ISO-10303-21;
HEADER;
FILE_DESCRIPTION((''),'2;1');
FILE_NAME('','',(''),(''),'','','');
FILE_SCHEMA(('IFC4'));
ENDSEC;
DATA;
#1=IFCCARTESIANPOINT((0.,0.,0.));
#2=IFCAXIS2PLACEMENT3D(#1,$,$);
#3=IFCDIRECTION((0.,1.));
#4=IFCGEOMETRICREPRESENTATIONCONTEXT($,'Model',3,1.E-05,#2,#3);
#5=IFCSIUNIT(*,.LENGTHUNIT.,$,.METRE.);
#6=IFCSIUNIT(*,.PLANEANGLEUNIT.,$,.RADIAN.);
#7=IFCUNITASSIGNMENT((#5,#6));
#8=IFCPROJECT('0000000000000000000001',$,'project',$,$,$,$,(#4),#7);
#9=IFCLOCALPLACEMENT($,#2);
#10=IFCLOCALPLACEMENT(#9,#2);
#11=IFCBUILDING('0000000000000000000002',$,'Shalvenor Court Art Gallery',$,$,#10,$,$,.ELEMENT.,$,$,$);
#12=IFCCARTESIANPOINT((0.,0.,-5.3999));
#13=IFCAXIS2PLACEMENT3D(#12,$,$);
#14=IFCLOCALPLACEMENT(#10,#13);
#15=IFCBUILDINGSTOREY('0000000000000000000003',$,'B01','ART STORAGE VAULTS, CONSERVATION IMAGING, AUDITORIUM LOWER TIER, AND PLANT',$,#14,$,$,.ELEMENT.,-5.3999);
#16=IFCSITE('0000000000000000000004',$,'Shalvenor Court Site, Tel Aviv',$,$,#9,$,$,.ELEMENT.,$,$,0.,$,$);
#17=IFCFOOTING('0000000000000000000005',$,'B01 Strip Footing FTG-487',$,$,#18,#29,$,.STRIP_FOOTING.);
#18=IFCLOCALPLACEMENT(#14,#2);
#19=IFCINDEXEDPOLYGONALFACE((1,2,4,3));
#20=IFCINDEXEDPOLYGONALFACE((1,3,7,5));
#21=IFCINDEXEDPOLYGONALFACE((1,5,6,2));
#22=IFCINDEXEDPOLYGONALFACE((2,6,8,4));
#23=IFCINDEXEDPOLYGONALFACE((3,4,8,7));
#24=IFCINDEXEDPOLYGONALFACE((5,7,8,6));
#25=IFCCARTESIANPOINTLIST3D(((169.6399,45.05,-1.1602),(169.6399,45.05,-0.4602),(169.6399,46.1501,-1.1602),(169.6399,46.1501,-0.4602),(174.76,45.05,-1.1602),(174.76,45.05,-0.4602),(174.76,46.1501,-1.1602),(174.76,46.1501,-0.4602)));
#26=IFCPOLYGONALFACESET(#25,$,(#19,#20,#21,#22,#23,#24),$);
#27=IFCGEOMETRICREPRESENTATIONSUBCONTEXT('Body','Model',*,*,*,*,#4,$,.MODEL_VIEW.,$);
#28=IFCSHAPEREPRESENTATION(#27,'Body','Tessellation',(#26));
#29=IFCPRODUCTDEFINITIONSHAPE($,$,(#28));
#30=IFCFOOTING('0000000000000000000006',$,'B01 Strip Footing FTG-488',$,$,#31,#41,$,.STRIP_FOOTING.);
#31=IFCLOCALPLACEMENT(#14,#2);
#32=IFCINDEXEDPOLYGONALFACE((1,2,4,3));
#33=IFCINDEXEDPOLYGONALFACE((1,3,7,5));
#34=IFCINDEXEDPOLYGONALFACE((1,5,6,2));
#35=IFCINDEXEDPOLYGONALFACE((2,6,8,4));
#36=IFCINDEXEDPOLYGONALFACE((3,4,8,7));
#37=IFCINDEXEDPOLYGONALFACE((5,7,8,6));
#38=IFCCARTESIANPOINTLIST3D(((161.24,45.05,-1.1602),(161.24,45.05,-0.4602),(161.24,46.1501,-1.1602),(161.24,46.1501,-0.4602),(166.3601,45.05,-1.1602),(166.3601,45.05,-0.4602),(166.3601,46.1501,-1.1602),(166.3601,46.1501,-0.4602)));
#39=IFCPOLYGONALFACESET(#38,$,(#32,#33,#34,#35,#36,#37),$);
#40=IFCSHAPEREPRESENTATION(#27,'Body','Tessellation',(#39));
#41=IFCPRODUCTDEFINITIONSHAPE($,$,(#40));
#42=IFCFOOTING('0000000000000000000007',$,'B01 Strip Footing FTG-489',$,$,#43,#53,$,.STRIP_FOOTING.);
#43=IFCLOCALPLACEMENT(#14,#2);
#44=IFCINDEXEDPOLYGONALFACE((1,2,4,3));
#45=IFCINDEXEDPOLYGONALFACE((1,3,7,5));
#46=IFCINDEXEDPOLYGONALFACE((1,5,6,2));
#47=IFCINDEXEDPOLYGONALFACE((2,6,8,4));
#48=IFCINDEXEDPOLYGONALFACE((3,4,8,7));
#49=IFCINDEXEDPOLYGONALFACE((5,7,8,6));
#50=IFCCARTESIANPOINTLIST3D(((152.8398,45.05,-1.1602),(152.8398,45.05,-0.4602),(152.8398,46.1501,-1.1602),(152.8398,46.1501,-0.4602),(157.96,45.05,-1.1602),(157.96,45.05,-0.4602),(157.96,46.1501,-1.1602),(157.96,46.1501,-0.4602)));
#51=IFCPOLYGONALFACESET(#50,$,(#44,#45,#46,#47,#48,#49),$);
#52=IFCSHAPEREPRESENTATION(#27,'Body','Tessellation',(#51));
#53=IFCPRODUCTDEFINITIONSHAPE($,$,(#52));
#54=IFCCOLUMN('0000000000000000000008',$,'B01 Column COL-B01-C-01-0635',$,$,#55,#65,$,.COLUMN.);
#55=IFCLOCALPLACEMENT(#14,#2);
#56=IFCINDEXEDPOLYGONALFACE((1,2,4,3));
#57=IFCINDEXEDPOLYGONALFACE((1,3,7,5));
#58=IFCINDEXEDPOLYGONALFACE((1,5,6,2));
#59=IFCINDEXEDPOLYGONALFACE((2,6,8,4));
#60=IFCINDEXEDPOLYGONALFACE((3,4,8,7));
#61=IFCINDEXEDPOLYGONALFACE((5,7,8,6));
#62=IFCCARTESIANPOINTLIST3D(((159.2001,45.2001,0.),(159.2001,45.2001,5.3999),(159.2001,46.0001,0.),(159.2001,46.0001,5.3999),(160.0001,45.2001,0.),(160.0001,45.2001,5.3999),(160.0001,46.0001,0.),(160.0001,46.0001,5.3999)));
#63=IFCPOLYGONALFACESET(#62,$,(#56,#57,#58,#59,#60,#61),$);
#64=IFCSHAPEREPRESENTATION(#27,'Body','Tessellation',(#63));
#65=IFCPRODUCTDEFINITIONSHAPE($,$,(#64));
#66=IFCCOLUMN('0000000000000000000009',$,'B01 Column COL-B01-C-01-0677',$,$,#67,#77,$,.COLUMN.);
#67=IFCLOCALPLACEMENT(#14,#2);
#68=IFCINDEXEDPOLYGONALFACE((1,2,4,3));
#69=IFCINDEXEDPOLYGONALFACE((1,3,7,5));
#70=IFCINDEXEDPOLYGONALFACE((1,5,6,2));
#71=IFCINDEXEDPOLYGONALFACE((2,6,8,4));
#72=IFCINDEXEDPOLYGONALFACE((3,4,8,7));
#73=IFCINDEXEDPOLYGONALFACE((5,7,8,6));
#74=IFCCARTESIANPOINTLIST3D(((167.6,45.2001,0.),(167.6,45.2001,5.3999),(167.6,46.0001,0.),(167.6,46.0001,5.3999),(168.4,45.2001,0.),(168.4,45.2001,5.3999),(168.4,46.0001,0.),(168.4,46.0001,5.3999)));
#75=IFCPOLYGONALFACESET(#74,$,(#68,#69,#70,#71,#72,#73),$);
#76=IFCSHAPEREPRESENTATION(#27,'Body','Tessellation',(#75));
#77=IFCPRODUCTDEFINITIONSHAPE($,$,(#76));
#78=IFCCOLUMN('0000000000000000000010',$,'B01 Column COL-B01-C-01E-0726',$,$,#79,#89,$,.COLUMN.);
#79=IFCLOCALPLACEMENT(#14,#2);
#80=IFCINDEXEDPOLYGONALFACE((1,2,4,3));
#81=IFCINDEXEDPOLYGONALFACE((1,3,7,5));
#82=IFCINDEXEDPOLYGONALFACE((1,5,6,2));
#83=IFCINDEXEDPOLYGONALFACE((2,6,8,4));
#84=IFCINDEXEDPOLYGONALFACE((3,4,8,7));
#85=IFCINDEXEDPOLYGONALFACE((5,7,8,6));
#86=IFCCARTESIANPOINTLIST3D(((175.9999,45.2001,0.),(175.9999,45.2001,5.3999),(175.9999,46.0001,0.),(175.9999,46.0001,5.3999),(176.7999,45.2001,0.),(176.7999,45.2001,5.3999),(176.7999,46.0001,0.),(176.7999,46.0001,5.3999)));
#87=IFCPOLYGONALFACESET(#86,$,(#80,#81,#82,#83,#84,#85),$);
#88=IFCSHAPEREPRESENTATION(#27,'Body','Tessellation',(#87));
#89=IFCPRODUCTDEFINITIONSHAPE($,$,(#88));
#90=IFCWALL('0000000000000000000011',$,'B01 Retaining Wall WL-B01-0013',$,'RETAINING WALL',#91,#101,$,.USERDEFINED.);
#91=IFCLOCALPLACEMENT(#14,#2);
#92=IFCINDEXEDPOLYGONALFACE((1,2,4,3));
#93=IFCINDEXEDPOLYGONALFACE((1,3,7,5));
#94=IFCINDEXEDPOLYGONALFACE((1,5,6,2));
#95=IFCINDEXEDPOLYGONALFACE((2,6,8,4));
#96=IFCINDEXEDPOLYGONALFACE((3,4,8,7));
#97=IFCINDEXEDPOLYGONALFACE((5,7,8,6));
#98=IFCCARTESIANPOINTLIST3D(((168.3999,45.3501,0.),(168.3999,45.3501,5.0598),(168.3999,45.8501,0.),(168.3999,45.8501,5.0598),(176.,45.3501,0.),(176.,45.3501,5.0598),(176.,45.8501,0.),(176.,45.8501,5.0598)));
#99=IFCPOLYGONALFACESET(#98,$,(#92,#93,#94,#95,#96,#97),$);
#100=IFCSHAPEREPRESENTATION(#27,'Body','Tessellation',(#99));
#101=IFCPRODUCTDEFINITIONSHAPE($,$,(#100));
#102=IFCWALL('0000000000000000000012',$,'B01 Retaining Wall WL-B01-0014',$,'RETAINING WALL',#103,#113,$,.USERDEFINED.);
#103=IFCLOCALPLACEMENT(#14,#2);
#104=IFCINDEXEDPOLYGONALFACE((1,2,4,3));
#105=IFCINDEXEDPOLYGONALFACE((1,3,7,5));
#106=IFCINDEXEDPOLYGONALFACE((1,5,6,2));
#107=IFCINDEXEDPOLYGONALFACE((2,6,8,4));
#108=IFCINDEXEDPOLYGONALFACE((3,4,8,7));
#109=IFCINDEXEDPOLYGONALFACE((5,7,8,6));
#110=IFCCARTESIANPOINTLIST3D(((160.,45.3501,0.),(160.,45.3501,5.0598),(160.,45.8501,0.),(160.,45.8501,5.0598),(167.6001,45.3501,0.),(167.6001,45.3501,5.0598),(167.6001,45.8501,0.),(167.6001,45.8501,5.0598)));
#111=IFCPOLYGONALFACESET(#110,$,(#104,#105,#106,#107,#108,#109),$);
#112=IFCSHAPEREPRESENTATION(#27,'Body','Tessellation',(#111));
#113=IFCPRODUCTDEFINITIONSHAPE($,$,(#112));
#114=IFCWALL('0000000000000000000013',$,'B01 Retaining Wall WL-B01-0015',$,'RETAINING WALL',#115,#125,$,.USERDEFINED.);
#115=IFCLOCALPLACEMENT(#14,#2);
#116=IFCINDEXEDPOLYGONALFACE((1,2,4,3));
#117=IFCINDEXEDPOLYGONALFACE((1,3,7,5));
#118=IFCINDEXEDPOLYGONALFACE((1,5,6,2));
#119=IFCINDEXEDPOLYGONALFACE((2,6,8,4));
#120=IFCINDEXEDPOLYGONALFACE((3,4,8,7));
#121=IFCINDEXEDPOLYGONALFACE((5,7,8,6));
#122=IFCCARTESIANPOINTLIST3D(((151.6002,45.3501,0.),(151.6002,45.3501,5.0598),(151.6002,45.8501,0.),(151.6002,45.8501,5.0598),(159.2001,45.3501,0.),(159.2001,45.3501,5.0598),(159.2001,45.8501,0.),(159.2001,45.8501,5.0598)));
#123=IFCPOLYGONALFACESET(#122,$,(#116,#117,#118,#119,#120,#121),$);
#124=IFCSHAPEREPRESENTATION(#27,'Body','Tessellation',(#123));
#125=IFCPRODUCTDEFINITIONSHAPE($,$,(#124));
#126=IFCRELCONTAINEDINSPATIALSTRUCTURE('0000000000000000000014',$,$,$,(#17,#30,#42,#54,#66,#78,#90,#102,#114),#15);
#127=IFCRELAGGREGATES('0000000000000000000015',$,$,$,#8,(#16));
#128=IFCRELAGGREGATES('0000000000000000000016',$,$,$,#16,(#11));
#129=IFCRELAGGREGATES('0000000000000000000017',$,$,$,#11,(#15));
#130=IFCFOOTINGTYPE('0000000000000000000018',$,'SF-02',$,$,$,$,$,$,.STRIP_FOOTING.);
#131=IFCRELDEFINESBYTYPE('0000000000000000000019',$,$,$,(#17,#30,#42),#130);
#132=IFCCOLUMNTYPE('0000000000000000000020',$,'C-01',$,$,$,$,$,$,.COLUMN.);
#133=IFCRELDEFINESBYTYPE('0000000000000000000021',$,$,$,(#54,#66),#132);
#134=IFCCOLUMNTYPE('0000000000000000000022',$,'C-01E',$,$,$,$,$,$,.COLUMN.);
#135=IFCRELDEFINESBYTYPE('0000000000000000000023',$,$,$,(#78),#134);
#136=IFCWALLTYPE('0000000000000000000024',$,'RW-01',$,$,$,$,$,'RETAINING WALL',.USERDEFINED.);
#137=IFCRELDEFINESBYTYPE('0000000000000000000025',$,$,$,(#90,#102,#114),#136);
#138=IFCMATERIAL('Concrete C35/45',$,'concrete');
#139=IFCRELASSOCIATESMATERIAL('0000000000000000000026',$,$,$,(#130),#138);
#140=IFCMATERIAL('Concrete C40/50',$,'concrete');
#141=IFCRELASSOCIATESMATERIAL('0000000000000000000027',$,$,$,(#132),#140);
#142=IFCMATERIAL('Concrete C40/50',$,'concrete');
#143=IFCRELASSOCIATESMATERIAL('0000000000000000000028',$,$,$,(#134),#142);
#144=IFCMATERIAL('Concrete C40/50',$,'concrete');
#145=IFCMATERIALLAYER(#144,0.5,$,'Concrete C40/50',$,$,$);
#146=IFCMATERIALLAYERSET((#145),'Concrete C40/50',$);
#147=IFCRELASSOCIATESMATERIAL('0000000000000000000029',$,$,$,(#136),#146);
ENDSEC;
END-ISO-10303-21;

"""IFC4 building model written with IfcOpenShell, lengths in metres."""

from ifc_helpers import new_model, si_unit, direction, frame, frame_2d, origin, origin_2d, place, context, subcontext, project, spatial, rectangle, extrude, material, layer, layer_set, material_profile, profile_set, type_object, element, save


model = new_model("IFC4")

# Units and contexts
model_context = context("Model", 3, precision=1e-05, world=origin(), true_north=direction((0.0, 1.0)))
body_context = subcontext(model_context, "Body", "Model", "MODEL_VIEW")
ifc_project = project(units=[si_unit("LENGTHUNIT", "METRE"), si_unit("PLANEANGLEUNIT", "RADIAN")], contexts=[model_context])

# Site, building, storey
site_placement = place(None, origin())
site = spatial("IfcSite", under=ifc_project, at=site_placement, Name="Shalvenor Court Site, Tel Aviv", CompositionType="ELEMENT", RefElevation=0.0)
building_placement = place(site_placement, origin())
building = spatial("IfcBuilding", under=site, at=building_placement, Name="Shalvenor Court Art Gallery", CompositionType="ELEMENT")
storey_placement = place(building_placement, frame((0.0, 0.0, -5.3999)))
storey = spatial("IfcBuildingStorey", under=building, at=storey_placement, Name="B01", Description="ART STORAGE VAULTS, CONSERVATION IMAGING, AUDITORIUM LOWER TIER, AND PLANT", CompositionType="ELEMENT", Elevation=-5.3999)

# Footings
ifc_material_1 = material(Name="Concrete C35/45", Category="concrete")
footing_type_1 = type_object("IfcFootingType", Name="SF-02", PredefinedType="STRIP_FOOTING", material=ifc_material_1)
for number, where, z_axis, x_axis, name in (
    (1, (172.2, 45.6001, -1.1602), (0.0, 0.0, 1.0), (1.0, 0.0, 0.0), "B01 Strip Footing FTG-487"),
    (2, (163.8, 45.6001, -1.1602), (0.0, 0.0, 1.0), (1.0, 0.0, 0.0), "B01 Strip Footing FTG-488"),
    (3, (155.3999, 45.6001, -1.1602), (0.0, 0.0, 1.0), (1.0, 0.0, 0.0), "B01 Strip Footing FTG-489"),
):
    element("IfcFooting", number, at=place(storey_placement, frame(where, z_axis=z_axis, x_axis=x_axis)), inside=storey, type_object=footing_type_1, Name=name, PredefinedType="STRIP_FOOTING", context=body_context, shape_type="SweptSolid", body=[
        extrude(rectangle(XDim=5.1201, YDim=1.1001, at=origin_2d()), origin(), (0.0, 0.0, 1.0), 0.7),
    ])

# Columns
ifc_material_2 = material(Name="Concrete C40/50", Category="concrete")
ifc_material_profile_1 = material_profile(ifc_material_2, rectangle(XDim=0.8, YDim=0.8, at=origin_2d()), Name="RC 800x800")
ifc_profile_set_1 = profile_set([ifc_material_profile_1], Name="Concrete C40/50")
column_type_1 = type_object("IfcColumnType", Name="C-01", PredefinedType="COLUMN", material=ifc_profile_set_1)
for number, where, z_axis, x_axis, name in (
    (4, (159.6001, 45.6001, 0.0), (0.0, 0.0, 1.0), (1.0, 0.0, 0.0), "B01 Column COL-B01-C-01-0635"),
    (5, (168.0, 45.6001, 0.0), (0.0, 0.0, 1.0), (1.0, 0.0, 0.0), "B01 Column COL-B01-C-01-0677"),
):
    element("IfcColumn", number, at=place(storey_placement, frame(where, z_axis=z_axis, x_axis=x_axis)), inside=storey, type_object=column_type_1, Name=name, PredefinedType="COLUMN", context=body_context, shape_type="SweptSolid", body=[
        extrude(rectangle(XDim=0.8, YDim=0.8, at=origin_2d()), origin(), (0.0, 0.0, 1.0), 5.3999),
    ])
ifc_material_3 = material(Name="Concrete C40/50", Category="concrete")
ifc_material_profile_2 = material_profile(ifc_material_3, rectangle(XDim=0.8, YDim=0.8, at=origin_2d()), Name="RC 800x800")
ifc_profile_set_2 = profile_set([ifc_material_profile_2], Name="Concrete C40/50")
column_type_2 = type_object("IfcColumnType", Name="C-01E", PredefinedType="COLUMN", material=ifc_profile_set_2)
column_placement = place(storey_placement, frame((176.3999, 45.6001, 0.0), z_axis=(0.0, 0.0, 1.0), x_axis=(1.0, 0.0, 0.0)))
element("IfcColumn", 6, at=column_placement, inside=storey, type_object=column_type_2, Name="B01 Column COL-B01-C-01E-0726", PredefinedType="COLUMN", context=body_context, shape_type="SweptSolid", body=[
    extrude(rectangle(XDim=0.8, YDim=0.8, at=origin_2d()), origin(), (0.0, 0.0, 1.0), 5.3999),
])

# Walls
ifc_material_4 = material(Name="Concrete C40/50", Category="concrete")
ifc_layer = layer(ifc_material_4, 0.5, Name="Concrete C40/50")
ifc_layer_set = layer_set([ifc_layer], Name="Concrete C40/50")
wall_type = type_object("IfcWallType", Name="RW-01", ElementType="RETAINING WALL", PredefinedType="USERDEFINED", material=ifc_layer_set)
for number, where, z_axis, x_axis, name in (
    (7, (176.0, 45.6001, 0.0), (0.0, 0.0, 1.0), (-1.0, 0.0, 0.0), "B01 Retaining Wall WL-B01-0013"),
    (8, (167.6001, 45.6001, 0.0), (0.0, 0.0, 1.0), (-1.0, 0.0, 0.0), "B01 Retaining Wall WL-B01-0014"),
):
    element("IfcWall", number, at=place(storey_placement, frame(where, z_axis=z_axis, x_axis=x_axis)), inside=storey, type_object=wall_type, Name=name, ObjectType="RETAINING WALL", PredefinedType="USERDEFINED", context=body_context, shape_type="SweptSolid", body=[
        extrude(rectangle(XDim=7.6001, YDim=0.5, at=frame_2d((3.8, 0.0))), origin(), (0.0, 0.0, 1.0), 5.0598),
    ])
wall_placement = place(storey_placement, frame((159.2, 45.6001, 0.0), z_axis=(0.0, 0.0, 1.0), x_axis=(-1.0, 0.0, 0.0)))
element("IfcWall", 9, at=wall_placement, inside=storey, type_object=wall_type, Name="B01 Retaining Wall WL-B01-0015", ObjectType="RETAINING WALL", PredefinedType="USERDEFINED", context=body_context, shape_type="SweptSolid", body=[
    extrude(rectangle(XDim=7.5999, YDim=0.5, at=frame_2d((3.7998, 0.0))), origin(), (0.0, 0.0, 1.0), 5.0598),
])

save(model, "model.ifc")
